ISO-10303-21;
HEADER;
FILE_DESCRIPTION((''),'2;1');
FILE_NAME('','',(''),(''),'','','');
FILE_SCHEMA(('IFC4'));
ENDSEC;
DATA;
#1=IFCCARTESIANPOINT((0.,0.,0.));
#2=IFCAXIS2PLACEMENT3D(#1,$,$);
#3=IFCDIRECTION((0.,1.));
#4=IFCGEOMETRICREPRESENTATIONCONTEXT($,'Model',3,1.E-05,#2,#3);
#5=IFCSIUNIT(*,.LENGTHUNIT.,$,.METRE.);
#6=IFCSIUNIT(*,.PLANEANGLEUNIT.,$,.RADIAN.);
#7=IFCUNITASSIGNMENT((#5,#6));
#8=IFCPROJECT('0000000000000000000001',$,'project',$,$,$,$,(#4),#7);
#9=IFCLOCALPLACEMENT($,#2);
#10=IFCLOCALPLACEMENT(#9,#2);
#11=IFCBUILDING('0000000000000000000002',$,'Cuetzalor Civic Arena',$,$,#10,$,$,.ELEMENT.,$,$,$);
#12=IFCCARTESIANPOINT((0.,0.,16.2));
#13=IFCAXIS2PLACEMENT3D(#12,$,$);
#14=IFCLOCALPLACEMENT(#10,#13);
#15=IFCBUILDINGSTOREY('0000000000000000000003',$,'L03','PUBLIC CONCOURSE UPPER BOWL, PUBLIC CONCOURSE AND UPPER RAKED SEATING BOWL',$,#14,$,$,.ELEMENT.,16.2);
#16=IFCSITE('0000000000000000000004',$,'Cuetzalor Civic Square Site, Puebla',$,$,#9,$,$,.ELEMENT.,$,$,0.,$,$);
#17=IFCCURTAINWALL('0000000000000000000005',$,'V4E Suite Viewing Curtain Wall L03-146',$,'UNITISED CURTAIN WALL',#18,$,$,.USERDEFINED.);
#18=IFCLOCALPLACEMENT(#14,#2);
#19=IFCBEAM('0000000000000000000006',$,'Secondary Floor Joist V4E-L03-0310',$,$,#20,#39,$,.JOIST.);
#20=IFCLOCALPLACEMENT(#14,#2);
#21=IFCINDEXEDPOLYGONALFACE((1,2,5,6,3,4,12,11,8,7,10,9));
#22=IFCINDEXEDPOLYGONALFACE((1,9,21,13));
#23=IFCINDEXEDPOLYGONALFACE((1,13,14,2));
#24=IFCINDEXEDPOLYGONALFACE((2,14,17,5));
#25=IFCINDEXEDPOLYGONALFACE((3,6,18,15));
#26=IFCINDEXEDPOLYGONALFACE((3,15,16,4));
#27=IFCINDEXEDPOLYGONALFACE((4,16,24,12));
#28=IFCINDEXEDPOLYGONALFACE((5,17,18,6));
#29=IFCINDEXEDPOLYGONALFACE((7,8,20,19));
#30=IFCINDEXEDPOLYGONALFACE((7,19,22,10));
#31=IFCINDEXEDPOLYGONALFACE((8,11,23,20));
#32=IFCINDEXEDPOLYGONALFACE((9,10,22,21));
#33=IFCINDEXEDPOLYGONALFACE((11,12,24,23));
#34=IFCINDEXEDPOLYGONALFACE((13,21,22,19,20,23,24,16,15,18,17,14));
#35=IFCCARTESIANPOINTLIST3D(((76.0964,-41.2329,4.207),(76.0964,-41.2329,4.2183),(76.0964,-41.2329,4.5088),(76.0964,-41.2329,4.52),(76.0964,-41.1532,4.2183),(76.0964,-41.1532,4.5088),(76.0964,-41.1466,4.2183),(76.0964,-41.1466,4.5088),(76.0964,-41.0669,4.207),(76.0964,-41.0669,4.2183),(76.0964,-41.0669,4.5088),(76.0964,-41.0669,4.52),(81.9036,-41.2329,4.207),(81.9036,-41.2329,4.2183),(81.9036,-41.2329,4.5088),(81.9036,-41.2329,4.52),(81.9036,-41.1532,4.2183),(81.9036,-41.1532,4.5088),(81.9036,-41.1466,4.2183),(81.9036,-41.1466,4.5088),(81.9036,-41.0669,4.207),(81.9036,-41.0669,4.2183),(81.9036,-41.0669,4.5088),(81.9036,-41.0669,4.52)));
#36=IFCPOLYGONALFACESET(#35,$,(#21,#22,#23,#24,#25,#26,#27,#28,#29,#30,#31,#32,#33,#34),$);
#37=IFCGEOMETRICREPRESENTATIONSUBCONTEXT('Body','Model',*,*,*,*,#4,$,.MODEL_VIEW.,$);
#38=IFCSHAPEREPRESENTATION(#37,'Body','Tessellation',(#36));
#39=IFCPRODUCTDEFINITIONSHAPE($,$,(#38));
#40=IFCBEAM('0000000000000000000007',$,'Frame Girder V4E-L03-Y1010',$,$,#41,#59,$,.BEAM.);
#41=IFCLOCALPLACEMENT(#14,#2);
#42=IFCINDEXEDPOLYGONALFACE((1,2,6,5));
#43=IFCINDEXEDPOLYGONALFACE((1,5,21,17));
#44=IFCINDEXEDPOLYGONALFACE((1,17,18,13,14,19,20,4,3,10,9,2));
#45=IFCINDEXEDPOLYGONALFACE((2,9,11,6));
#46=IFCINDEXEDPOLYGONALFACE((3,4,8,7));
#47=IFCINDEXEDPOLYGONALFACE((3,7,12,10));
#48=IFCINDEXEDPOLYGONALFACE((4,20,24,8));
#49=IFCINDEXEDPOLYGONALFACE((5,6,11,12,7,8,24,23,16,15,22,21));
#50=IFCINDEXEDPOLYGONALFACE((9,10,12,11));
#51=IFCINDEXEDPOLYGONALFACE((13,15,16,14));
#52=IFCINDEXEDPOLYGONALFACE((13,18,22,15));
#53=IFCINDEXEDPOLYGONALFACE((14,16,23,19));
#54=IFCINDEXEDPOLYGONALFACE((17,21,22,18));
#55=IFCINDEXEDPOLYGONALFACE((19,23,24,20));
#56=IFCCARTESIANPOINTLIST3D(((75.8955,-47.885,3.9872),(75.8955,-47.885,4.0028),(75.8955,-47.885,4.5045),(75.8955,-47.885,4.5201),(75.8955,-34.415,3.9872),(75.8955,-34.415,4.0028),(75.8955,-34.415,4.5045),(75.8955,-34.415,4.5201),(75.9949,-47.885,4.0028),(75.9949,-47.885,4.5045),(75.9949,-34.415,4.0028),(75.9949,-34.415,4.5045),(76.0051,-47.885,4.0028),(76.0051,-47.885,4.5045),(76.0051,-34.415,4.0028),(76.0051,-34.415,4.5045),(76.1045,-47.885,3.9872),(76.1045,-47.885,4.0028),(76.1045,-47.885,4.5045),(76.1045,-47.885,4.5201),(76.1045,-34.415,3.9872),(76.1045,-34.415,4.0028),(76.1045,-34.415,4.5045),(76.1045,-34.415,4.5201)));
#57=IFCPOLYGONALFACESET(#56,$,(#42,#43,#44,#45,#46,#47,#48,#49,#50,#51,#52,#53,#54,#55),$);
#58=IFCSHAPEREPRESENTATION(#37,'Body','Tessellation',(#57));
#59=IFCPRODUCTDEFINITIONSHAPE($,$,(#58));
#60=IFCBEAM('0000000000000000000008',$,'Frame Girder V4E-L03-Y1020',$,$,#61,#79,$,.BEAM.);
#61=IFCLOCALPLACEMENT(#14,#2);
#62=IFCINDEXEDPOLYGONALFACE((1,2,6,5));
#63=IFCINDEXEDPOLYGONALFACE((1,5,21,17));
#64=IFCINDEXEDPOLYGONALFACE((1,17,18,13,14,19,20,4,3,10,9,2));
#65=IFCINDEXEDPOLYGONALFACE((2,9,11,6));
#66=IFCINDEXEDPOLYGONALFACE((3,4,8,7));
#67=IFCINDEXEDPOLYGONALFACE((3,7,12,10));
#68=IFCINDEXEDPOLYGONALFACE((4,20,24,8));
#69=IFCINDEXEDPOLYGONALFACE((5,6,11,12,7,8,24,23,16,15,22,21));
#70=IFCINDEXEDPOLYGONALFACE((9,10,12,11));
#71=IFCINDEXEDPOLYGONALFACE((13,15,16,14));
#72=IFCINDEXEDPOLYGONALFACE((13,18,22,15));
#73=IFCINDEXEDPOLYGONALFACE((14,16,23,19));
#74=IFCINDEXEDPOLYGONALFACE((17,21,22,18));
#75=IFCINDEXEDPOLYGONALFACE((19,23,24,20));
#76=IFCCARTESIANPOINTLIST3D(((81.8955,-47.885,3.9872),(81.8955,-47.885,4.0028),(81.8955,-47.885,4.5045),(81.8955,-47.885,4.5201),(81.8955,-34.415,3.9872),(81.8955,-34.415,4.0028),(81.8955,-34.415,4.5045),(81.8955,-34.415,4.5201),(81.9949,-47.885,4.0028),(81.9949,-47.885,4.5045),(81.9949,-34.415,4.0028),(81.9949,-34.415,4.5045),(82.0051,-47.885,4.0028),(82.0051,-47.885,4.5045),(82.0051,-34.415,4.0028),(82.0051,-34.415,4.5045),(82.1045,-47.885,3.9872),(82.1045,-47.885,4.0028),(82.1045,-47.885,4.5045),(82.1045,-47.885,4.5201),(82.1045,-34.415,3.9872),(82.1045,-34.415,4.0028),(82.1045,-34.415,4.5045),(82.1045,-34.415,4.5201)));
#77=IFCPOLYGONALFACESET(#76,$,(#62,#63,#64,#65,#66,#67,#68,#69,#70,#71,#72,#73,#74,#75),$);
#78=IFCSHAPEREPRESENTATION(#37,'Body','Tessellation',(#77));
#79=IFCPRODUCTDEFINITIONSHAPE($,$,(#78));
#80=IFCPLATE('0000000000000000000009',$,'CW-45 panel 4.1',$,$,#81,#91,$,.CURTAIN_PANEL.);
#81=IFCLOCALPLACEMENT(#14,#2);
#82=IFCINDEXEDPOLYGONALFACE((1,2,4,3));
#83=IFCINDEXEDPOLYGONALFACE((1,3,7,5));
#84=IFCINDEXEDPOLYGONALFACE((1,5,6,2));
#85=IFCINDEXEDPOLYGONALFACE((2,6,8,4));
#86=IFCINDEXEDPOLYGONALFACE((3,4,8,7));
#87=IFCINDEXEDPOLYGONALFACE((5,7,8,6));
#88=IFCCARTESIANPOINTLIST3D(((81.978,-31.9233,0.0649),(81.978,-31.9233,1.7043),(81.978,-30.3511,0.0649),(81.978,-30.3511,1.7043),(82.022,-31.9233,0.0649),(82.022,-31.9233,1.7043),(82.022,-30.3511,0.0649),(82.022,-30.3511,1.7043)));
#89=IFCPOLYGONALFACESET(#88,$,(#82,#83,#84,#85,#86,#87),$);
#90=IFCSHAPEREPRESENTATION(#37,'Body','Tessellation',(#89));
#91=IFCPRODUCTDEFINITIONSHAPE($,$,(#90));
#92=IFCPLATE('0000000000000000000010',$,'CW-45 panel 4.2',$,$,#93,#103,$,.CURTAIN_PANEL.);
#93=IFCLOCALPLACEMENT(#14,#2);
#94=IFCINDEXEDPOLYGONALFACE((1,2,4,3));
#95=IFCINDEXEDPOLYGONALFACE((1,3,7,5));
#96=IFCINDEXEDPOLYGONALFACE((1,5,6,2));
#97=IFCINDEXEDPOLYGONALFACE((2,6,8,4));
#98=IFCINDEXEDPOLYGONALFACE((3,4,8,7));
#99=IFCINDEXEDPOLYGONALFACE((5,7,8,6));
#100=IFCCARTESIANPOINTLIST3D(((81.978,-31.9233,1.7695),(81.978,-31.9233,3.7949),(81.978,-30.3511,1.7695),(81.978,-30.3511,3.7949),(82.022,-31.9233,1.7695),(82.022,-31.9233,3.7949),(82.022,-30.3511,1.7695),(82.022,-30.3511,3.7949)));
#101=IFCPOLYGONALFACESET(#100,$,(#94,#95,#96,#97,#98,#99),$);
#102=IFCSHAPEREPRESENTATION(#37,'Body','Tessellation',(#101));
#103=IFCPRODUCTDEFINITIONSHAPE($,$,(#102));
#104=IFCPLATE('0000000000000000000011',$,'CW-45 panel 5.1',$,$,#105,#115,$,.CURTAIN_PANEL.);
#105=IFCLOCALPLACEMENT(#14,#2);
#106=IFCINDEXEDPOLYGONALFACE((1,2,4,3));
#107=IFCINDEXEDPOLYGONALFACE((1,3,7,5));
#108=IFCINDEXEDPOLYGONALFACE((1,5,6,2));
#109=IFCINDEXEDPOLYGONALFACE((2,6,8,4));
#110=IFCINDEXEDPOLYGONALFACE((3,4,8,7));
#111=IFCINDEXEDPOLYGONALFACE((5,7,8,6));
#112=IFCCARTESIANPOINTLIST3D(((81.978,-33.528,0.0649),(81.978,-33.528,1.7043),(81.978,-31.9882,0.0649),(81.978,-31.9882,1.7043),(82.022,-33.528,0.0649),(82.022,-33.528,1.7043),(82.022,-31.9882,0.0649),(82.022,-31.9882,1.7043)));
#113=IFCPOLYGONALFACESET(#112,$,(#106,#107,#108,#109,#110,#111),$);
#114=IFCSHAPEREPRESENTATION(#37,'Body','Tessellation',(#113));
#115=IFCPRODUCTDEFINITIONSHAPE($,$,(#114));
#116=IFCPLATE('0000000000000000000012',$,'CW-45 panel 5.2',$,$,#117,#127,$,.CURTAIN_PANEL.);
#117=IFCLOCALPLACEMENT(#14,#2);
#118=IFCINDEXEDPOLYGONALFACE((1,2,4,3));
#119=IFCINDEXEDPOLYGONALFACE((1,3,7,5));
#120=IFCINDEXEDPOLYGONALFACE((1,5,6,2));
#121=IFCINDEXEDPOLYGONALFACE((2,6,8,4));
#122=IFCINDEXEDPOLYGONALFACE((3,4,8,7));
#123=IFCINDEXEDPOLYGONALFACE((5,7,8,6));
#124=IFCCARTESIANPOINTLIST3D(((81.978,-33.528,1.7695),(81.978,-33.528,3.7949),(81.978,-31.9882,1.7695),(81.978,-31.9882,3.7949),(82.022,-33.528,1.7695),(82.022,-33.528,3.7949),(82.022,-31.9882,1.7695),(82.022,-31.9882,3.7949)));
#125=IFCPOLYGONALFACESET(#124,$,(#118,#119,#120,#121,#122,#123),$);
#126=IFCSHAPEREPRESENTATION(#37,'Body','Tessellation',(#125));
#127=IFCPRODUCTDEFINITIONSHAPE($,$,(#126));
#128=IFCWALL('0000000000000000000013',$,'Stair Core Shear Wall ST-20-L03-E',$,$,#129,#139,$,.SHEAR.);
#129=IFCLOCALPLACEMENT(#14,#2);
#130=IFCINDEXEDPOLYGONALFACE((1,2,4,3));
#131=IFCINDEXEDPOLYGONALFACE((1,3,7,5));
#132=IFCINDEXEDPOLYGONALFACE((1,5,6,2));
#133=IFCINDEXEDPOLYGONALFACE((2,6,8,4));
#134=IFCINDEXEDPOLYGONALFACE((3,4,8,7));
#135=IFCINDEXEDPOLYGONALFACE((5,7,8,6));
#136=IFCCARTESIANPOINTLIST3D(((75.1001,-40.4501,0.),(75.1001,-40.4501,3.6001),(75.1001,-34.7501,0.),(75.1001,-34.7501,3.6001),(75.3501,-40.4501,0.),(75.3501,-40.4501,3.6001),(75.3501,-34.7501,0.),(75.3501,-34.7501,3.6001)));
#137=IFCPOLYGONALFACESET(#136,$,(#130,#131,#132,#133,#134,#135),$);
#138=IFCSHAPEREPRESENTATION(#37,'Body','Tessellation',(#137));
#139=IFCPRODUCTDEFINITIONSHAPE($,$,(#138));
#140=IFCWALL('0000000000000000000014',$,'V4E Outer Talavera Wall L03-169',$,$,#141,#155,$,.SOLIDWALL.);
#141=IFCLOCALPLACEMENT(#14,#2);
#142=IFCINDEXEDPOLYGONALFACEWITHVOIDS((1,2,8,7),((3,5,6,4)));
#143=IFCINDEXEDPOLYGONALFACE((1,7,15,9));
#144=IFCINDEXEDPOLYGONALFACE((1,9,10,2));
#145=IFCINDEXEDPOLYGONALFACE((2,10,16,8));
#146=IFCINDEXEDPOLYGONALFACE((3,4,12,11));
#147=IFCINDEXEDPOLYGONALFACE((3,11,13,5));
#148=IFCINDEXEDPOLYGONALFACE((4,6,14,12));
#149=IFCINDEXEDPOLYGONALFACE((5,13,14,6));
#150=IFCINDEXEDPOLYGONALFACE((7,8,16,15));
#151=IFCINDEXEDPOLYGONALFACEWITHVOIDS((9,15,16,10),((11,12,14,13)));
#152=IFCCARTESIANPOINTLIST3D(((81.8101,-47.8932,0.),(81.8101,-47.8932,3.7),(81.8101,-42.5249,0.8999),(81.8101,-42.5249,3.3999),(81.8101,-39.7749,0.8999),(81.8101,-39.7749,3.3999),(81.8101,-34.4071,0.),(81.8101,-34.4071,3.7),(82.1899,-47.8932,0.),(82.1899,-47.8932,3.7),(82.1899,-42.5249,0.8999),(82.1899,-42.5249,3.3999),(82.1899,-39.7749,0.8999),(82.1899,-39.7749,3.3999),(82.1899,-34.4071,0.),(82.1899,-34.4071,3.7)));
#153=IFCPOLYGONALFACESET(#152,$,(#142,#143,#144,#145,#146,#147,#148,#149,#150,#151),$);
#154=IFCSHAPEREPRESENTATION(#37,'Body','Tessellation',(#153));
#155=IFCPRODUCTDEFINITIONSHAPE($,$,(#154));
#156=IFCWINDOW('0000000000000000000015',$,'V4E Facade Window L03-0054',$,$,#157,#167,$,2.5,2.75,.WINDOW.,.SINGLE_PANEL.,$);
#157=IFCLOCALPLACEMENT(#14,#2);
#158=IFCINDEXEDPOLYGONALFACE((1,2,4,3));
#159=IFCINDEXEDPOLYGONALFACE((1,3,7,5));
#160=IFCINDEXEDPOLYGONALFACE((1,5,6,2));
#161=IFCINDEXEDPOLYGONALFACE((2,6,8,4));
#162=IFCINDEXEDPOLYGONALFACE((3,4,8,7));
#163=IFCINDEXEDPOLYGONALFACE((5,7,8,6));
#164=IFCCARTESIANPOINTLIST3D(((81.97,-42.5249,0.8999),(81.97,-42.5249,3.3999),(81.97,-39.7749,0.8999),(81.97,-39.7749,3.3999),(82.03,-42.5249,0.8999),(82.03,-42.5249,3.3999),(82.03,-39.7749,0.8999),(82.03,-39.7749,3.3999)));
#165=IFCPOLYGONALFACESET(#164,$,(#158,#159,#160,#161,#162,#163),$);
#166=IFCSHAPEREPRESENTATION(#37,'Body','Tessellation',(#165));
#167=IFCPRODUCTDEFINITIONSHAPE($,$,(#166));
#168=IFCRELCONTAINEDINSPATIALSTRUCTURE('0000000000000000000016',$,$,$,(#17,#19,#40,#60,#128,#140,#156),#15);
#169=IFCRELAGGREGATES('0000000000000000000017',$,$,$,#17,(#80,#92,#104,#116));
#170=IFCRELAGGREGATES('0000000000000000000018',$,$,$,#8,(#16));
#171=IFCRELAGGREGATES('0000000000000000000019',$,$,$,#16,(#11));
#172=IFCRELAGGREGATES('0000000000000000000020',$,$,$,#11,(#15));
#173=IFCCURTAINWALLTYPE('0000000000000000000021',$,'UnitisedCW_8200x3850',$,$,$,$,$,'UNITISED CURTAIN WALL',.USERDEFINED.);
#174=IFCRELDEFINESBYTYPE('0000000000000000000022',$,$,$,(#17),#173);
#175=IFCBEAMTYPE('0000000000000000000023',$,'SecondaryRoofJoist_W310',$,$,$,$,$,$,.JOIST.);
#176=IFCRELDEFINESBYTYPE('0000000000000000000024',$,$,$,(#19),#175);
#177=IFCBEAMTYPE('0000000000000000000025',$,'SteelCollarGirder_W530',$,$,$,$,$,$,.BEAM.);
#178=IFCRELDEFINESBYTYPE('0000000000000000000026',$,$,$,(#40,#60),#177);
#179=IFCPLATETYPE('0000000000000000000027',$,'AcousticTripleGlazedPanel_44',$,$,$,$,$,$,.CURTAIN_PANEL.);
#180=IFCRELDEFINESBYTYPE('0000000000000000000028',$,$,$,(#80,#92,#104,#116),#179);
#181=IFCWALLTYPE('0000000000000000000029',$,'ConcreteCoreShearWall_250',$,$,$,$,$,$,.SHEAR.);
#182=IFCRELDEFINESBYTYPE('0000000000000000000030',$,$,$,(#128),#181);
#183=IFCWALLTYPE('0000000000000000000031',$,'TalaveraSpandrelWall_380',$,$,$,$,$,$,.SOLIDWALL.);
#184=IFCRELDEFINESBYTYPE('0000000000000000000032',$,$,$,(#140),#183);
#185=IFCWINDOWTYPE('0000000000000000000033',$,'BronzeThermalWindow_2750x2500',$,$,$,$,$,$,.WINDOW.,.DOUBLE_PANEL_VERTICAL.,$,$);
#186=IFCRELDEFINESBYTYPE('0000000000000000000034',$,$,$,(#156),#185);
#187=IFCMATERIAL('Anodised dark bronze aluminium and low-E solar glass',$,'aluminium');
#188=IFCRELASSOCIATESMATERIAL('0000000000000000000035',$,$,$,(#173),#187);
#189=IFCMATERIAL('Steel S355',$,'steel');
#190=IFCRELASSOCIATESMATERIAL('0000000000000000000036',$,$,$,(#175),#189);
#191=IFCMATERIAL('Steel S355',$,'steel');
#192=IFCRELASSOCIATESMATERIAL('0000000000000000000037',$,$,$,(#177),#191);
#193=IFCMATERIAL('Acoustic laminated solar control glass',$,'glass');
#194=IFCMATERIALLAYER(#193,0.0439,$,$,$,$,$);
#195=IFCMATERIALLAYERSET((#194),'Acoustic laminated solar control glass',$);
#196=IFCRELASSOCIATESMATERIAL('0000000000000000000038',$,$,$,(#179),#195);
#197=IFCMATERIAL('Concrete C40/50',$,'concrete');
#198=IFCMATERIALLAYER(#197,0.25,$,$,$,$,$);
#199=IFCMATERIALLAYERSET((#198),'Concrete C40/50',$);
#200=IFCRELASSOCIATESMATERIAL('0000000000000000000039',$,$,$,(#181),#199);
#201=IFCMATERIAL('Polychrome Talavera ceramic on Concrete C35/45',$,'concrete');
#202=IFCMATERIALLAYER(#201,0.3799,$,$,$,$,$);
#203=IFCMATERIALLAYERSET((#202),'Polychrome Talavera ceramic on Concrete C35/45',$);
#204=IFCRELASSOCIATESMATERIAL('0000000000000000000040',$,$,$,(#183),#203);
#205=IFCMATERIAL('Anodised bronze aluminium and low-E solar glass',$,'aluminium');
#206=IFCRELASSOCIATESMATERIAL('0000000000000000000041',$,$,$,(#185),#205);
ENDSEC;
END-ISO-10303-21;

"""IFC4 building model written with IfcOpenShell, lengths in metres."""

from ifc_helpers import new_model, si_unit, direction, frame, frame_2d, origin, origin_2d, place, context, subcontext, project, spatial, rectangle, i_section, extrude, material, layer, layer_set, material_profile, profile_set, type_object, element, fill, aggregate, save


model = new_model("IFC4")

# Units and contexts
model_context = context("Model", 3, precision=1e-05, world=origin(), true_north=direction((0.0, 1.0)))
body_context = subcontext(model_context, "Body", "Model", "MODEL_VIEW")
ifc_project = project(units=[si_unit("LENGTHUNIT", "METRE"), si_unit("PLANEANGLEUNIT", "RADIAN")], contexts=[model_context])

# Site, building, storey
site_placement = place(None, origin())
site = spatial("IfcSite", under=ifc_project, at=site_placement, Name="Cuetzalor Civic Square Site, Puebla", CompositionType="ELEMENT", RefElevation=0.0)
building_placement = place(site_placement, origin())
building = spatial("IfcBuilding", under=site, at=building_placement, Name="Cuetzalor Civic Arena", CompositionType="ELEMENT")
storey_placement = place(building_placement, frame((0.0, 0.0, 16.2)))
storey = spatial("IfcBuildingStorey", under=building, at=storey_placement, Name="L03", Description="PUBLIC CONCOURSE UPPER BOWL, PUBLIC CONCOURSE AND UPPER RAKED SEATING BOWL", CompositionType="ELEMENT", Elevation=16.2)

# Curtain wall
ifc_material_1 = material(Name="Anodised dark bronze aluminium and low-E solar glass", Category="aluminium")
curtain_wall_type_1 = type_object("IfcCurtainWallType", Name="UnitisedCW_8200x3850", ElementType="UNITISED CURTAIN WALL", PredefinedType="USERDEFINED", material=ifc_material_1)
curtain_wall_1_placement = place(storey_placement, origin())
curtain_wall_1 = element("IfcCurtainWall", 1, at=curtain_wall_1_placement, inside=storey, type_object=curtain_wall_type_1, Name="V4E Suite Viewing Curtain Wall L03-146", ObjectType="UNITISED CURTAIN WALL", PredefinedType="USERDEFINED")

# Beams
ifc_material_2 = material(Name="Steel S355", Category="steel")
ifc_material_profile_1 = material_profile(ifc_material_2, i_section(OverallWidth=0.166, OverallDepth=0.313, WebThickness=0.0066, FlangeThickness=0.0112, at=origin_2d()), Name="W310x45")
ifc_profile_set_1 = profile_set([ifc_material_profile_1], Name="Steel S355")
beam_type_1 = type_object("IfcBeamType", Name="SecondaryRoofJoist_W310", PredefinedType="JOIST", material=ifc_profile_set_1)
beam_placement = place(storey_placement, frame((76.0964, -41.1499, 4.3635), z_axis=(1.0, 0.0, 0.0), x_axis=(0.0, 1.0, 0.0)))
element("IfcBeam", 2, at=beam_placement, inside=storey, type_object=beam_type_1, Name="Secondary Floor Joist V4E-L03-0310", PredefinedType="JOIST", context=body_context, shape_type="SweptSolid", body=[
    extrude(i_section(OverallWidth=0.166, OverallDepth=0.313, WebThickness=0.0066, FlangeThickness=0.0112, at=origin_2d()), origin(), (0.0, 0.0, 1.0), 5.8071),
])
ifc_material_3 = material(Name="Steel S355", Category="steel")
ifc_material_profile_2 = material_profile(ifc_material_3, i_section(OverallWidth=0.209, OverallDepth=0.533, WebThickness=0.0103, FlangeThickness=0.0156, at=origin_2d()), Name="W530x92")
ifc_profile_set_2 = profile_set([ifc_material_profile_2], Name="Steel S355")
beam_type_2 = type_object("IfcBeamType", Name="SteelCollarGirder_W530", PredefinedType="BEAM", material=ifc_profile_set_2)
for number, where, z_axis, x_axis, name in (
    (3, (76.0, -47.885, 4.2537), (0.0, 1.0, 0.0), (-1.0, 0.0, 0.0), "Frame Girder V4E-L03-Y1010"),
    (4, (82.0, -47.885, 4.2537), (0.0, 1.0, 0.0), (-1.0, 0.0, 0.0), "Frame Girder V4E-L03-Y1020"),
):
    element("IfcBeam", number, at=place(storey_placement, frame(where, z_axis=z_axis, x_axis=x_axis)), inside=storey, type_object=beam_type_2, Name=name, PredefinedType="BEAM", context=body_context, shape_type="SweptSolid", body=[
        extrude(i_section(OverallWidth=0.209, OverallDepth=0.533, WebThickness=0.0103, FlangeThickness=0.0156, at=origin_2d()), origin(), (0.0, 0.0, 1.0), 13.47),
    ])

# Plates
ifc_material_4 = material(Name="Acoustic laminated solar control glass", Category="glass")
ifc_layer_1 = layer(ifc_material_4, 0.0439)
ifc_layer_set_1 = layer_set([ifc_layer_1], Name="Acoustic laminated solar control glass")
plate_type = type_object("IfcPlateType", Name="AcousticTripleGlazedPanel_44", PredefinedType="CURTAIN_PANEL", material=ifc_layer_set_1)
plate_1_placement = place(storey_placement, frame((82.0, -31.1372, 0.0649), z_axis=(0.0, 0.0, 1.0), x_axis=(0.0, -1.0, 0.0)))
plate_1 = element("IfcPlate", 5, at=plate_1_placement, type_object=plate_type, Name="CW-45 panel 4.1", PredefinedType="CURTAIN_PANEL", context=body_context, shape_type="SweptSolid", body=[
    extrude(rectangle(XDim=1.5723, YDim=0.0439, at=origin_2d()), origin(), (0.0, 0.0, 1.0), 1.6394),
])
plate_2_placement = place(storey_placement, frame((82.0, -31.1372, 1.7695), z_axis=(0.0, 0.0, 1.0), x_axis=(0.0, -1.0, 0.0)))
plate_2 = element("IfcPlate", 6, at=plate_2_placement, type_object=plate_type, Name="CW-45 panel 4.2", PredefinedType="CURTAIN_PANEL", context=body_context, shape_type="SweptSolid", body=[
    extrude(rectangle(XDim=1.5723, YDim=0.0439, at=origin_2d()), origin(), (0.0, 0.0, 1.0), 2.0254),
])
plate_3_placement = place(storey_placement, frame((82.0, -32.7581, 0.0649), z_axis=(0.0, 0.0, 1.0), x_axis=(0.0, -1.0, 0.0)))
plate_3 = element("IfcPlate", 7, at=plate_3_placement, type_object=plate_type, Name="CW-45 panel 5.1", PredefinedType="CURTAIN_PANEL", context=body_context, shape_type="SweptSolid", body=[
    extrude(rectangle(XDim=1.5398, YDim=0.0439, at=origin_2d()), origin(), (0.0, 0.0, 1.0), 1.6394),
])
plate_4_placement = place(storey_placement, frame((82.0, -32.7581, 1.7695), z_axis=(0.0, 0.0, 1.0), x_axis=(0.0, -1.0, 0.0)))
plate_4 = element("IfcPlate", 8, at=plate_4_placement, type_object=plate_type, Name="CW-45 panel 5.2", PredefinedType="CURTAIN_PANEL", context=body_context, shape_type="SweptSolid", body=[
    extrude(rectangle(XDim=1.5398, YDim=0.0439, at=origin_2d()), origin(), (0.0, 0.0, 1.0), 2.0254),
])
aggregate(curtain_wall_1, [plate_1, plate_2, plate_3, plate_4])

# Wall
ifc_material_5 = material(Name="Concrete C40/50", Category="concrete")
ifc_layer_2 = layer(ifc_material_5, 0.25)
ifc_layer_set_2 = layer_set([ifc_layer_2], Name="Concrete C40/50")
wall_type_1 = type_object("IfcWallType", Name="ConcreteCoreShearWall_250", PredefinedType="SHEAR", material=ifc_layer_set_2)
wall_1_placement = place(storey_placement, frame((75.2251, -34.75, 0.0), z_axis=(0.0, 0.0, 1.0), x_axis=(0.0, -1.0, 0.0)))
element("IfcWall", 9, at=wall_1_placement, inside=storey, type_object=wall_type_1, Name="Stair Core Shear Wall ST-20-L03-E", PredefinedType="SHEAR", context=body_context, shape_type="SweptSolid", body=[
    extrude(rectangle(XDim=5.7, YDim=0.25, at=frame_2d((2.8501, 0.0))), origin(), (0.0, 0.0, 1.0), 3.6001),
])

# Wall, opening, window
ifc_material_6 = material(Name="Polychrome Talavera ceramic on Concrete C35/45", Category="concrete")
ifc_layer_3 = layer(ifc_material_6, 0.3799)
ifc_layer_set_3 = layer_set([ifc_layer_3], Name="Polychrome Talavera ceramic on Concrete C35/45")
wall_type_2 = type_object("IfcWallType", Name="TalaveraSpandrelWall_380", PredefinedType="SOLIDWALL", material=ifc_layer_set_3)
wall_2_placement = place(storey_placement, frame((82.0, -34.407, 0.0), z_axis=(0.0, 0.0, 1.0), x_axis=(0.0, -1.0, 0.0)))
wall_2 = element("IfcWall", 10, at=wall_2_placement, inside=storey, type_object=wall_type_2, Name="V4E Outer Talavera Wall L03-169", PredefinedType="SOLIDWALL", context=body_context, shape_type="SweptSolid", body=[
    extrude(rectangle(XDim=13.4861, YDim=0.3799, at=frame_2d((6.7432, 0.0))), origin(), (0.0, 0.0, 1.0), 3.7),
])
opening_placement = place(wall_2_placement, frame((5.3679, 0.0, 0.8999)))
opening = element("IfcOpeningElement", 11, at=opening_placement, cuts=wall_2, PredefinedType="OPENING", context=body_context, shape_type="SweptSolid", body=[
    extrude(rectangle(XDim=2.75, YDim=2.5, at=frame_2d((1.375, 1.25))), frame((0.0, 0.2, 0.0), z_axis=(0.0, -1.0, 0.0), x_axis=(1.0, 0.0, 0.0)), (0.0, 0.0, 1.0), 0.3999),
])
ifc_material_7 = material(Name="Anodised bronze aluminium and low-E solar glass", Category="aluminium")
window_type = type_object("IfcWindowType", Name="BronzeThermalWindow_2750x2500", PartitioningType="DOUBLE_PANEL_VERTICAL", PredefinedType="WINDOW", material=ifc_material_7)
window_placement = place(opening_placement, origin())
window = element("IfcWindow", 12, at=window_placement, inside=storey, type_object=window_type, Name="V4E Facade Window L03-0054", OverallHeight=2.5, OverallWidth=2.75, PartitioningType="SINGLE_PANEL", PredefinedType="WINDOW", context=body_context, shape_type="SweptSolid", body=[
    extrude(rectangle(XDim=2.75, YDim=2.5, at=frame_2d((1.375, 1.25))), frame((0.0, 0.03, 0.0), z_axis=(0.0, -1.0, 0.0), x_axis=(1.0, 0.0, 0.0)), (0.0, 0.0, 1.0), 0.0601),
])
fill(opening, window)

save(model, "model.ifc")
